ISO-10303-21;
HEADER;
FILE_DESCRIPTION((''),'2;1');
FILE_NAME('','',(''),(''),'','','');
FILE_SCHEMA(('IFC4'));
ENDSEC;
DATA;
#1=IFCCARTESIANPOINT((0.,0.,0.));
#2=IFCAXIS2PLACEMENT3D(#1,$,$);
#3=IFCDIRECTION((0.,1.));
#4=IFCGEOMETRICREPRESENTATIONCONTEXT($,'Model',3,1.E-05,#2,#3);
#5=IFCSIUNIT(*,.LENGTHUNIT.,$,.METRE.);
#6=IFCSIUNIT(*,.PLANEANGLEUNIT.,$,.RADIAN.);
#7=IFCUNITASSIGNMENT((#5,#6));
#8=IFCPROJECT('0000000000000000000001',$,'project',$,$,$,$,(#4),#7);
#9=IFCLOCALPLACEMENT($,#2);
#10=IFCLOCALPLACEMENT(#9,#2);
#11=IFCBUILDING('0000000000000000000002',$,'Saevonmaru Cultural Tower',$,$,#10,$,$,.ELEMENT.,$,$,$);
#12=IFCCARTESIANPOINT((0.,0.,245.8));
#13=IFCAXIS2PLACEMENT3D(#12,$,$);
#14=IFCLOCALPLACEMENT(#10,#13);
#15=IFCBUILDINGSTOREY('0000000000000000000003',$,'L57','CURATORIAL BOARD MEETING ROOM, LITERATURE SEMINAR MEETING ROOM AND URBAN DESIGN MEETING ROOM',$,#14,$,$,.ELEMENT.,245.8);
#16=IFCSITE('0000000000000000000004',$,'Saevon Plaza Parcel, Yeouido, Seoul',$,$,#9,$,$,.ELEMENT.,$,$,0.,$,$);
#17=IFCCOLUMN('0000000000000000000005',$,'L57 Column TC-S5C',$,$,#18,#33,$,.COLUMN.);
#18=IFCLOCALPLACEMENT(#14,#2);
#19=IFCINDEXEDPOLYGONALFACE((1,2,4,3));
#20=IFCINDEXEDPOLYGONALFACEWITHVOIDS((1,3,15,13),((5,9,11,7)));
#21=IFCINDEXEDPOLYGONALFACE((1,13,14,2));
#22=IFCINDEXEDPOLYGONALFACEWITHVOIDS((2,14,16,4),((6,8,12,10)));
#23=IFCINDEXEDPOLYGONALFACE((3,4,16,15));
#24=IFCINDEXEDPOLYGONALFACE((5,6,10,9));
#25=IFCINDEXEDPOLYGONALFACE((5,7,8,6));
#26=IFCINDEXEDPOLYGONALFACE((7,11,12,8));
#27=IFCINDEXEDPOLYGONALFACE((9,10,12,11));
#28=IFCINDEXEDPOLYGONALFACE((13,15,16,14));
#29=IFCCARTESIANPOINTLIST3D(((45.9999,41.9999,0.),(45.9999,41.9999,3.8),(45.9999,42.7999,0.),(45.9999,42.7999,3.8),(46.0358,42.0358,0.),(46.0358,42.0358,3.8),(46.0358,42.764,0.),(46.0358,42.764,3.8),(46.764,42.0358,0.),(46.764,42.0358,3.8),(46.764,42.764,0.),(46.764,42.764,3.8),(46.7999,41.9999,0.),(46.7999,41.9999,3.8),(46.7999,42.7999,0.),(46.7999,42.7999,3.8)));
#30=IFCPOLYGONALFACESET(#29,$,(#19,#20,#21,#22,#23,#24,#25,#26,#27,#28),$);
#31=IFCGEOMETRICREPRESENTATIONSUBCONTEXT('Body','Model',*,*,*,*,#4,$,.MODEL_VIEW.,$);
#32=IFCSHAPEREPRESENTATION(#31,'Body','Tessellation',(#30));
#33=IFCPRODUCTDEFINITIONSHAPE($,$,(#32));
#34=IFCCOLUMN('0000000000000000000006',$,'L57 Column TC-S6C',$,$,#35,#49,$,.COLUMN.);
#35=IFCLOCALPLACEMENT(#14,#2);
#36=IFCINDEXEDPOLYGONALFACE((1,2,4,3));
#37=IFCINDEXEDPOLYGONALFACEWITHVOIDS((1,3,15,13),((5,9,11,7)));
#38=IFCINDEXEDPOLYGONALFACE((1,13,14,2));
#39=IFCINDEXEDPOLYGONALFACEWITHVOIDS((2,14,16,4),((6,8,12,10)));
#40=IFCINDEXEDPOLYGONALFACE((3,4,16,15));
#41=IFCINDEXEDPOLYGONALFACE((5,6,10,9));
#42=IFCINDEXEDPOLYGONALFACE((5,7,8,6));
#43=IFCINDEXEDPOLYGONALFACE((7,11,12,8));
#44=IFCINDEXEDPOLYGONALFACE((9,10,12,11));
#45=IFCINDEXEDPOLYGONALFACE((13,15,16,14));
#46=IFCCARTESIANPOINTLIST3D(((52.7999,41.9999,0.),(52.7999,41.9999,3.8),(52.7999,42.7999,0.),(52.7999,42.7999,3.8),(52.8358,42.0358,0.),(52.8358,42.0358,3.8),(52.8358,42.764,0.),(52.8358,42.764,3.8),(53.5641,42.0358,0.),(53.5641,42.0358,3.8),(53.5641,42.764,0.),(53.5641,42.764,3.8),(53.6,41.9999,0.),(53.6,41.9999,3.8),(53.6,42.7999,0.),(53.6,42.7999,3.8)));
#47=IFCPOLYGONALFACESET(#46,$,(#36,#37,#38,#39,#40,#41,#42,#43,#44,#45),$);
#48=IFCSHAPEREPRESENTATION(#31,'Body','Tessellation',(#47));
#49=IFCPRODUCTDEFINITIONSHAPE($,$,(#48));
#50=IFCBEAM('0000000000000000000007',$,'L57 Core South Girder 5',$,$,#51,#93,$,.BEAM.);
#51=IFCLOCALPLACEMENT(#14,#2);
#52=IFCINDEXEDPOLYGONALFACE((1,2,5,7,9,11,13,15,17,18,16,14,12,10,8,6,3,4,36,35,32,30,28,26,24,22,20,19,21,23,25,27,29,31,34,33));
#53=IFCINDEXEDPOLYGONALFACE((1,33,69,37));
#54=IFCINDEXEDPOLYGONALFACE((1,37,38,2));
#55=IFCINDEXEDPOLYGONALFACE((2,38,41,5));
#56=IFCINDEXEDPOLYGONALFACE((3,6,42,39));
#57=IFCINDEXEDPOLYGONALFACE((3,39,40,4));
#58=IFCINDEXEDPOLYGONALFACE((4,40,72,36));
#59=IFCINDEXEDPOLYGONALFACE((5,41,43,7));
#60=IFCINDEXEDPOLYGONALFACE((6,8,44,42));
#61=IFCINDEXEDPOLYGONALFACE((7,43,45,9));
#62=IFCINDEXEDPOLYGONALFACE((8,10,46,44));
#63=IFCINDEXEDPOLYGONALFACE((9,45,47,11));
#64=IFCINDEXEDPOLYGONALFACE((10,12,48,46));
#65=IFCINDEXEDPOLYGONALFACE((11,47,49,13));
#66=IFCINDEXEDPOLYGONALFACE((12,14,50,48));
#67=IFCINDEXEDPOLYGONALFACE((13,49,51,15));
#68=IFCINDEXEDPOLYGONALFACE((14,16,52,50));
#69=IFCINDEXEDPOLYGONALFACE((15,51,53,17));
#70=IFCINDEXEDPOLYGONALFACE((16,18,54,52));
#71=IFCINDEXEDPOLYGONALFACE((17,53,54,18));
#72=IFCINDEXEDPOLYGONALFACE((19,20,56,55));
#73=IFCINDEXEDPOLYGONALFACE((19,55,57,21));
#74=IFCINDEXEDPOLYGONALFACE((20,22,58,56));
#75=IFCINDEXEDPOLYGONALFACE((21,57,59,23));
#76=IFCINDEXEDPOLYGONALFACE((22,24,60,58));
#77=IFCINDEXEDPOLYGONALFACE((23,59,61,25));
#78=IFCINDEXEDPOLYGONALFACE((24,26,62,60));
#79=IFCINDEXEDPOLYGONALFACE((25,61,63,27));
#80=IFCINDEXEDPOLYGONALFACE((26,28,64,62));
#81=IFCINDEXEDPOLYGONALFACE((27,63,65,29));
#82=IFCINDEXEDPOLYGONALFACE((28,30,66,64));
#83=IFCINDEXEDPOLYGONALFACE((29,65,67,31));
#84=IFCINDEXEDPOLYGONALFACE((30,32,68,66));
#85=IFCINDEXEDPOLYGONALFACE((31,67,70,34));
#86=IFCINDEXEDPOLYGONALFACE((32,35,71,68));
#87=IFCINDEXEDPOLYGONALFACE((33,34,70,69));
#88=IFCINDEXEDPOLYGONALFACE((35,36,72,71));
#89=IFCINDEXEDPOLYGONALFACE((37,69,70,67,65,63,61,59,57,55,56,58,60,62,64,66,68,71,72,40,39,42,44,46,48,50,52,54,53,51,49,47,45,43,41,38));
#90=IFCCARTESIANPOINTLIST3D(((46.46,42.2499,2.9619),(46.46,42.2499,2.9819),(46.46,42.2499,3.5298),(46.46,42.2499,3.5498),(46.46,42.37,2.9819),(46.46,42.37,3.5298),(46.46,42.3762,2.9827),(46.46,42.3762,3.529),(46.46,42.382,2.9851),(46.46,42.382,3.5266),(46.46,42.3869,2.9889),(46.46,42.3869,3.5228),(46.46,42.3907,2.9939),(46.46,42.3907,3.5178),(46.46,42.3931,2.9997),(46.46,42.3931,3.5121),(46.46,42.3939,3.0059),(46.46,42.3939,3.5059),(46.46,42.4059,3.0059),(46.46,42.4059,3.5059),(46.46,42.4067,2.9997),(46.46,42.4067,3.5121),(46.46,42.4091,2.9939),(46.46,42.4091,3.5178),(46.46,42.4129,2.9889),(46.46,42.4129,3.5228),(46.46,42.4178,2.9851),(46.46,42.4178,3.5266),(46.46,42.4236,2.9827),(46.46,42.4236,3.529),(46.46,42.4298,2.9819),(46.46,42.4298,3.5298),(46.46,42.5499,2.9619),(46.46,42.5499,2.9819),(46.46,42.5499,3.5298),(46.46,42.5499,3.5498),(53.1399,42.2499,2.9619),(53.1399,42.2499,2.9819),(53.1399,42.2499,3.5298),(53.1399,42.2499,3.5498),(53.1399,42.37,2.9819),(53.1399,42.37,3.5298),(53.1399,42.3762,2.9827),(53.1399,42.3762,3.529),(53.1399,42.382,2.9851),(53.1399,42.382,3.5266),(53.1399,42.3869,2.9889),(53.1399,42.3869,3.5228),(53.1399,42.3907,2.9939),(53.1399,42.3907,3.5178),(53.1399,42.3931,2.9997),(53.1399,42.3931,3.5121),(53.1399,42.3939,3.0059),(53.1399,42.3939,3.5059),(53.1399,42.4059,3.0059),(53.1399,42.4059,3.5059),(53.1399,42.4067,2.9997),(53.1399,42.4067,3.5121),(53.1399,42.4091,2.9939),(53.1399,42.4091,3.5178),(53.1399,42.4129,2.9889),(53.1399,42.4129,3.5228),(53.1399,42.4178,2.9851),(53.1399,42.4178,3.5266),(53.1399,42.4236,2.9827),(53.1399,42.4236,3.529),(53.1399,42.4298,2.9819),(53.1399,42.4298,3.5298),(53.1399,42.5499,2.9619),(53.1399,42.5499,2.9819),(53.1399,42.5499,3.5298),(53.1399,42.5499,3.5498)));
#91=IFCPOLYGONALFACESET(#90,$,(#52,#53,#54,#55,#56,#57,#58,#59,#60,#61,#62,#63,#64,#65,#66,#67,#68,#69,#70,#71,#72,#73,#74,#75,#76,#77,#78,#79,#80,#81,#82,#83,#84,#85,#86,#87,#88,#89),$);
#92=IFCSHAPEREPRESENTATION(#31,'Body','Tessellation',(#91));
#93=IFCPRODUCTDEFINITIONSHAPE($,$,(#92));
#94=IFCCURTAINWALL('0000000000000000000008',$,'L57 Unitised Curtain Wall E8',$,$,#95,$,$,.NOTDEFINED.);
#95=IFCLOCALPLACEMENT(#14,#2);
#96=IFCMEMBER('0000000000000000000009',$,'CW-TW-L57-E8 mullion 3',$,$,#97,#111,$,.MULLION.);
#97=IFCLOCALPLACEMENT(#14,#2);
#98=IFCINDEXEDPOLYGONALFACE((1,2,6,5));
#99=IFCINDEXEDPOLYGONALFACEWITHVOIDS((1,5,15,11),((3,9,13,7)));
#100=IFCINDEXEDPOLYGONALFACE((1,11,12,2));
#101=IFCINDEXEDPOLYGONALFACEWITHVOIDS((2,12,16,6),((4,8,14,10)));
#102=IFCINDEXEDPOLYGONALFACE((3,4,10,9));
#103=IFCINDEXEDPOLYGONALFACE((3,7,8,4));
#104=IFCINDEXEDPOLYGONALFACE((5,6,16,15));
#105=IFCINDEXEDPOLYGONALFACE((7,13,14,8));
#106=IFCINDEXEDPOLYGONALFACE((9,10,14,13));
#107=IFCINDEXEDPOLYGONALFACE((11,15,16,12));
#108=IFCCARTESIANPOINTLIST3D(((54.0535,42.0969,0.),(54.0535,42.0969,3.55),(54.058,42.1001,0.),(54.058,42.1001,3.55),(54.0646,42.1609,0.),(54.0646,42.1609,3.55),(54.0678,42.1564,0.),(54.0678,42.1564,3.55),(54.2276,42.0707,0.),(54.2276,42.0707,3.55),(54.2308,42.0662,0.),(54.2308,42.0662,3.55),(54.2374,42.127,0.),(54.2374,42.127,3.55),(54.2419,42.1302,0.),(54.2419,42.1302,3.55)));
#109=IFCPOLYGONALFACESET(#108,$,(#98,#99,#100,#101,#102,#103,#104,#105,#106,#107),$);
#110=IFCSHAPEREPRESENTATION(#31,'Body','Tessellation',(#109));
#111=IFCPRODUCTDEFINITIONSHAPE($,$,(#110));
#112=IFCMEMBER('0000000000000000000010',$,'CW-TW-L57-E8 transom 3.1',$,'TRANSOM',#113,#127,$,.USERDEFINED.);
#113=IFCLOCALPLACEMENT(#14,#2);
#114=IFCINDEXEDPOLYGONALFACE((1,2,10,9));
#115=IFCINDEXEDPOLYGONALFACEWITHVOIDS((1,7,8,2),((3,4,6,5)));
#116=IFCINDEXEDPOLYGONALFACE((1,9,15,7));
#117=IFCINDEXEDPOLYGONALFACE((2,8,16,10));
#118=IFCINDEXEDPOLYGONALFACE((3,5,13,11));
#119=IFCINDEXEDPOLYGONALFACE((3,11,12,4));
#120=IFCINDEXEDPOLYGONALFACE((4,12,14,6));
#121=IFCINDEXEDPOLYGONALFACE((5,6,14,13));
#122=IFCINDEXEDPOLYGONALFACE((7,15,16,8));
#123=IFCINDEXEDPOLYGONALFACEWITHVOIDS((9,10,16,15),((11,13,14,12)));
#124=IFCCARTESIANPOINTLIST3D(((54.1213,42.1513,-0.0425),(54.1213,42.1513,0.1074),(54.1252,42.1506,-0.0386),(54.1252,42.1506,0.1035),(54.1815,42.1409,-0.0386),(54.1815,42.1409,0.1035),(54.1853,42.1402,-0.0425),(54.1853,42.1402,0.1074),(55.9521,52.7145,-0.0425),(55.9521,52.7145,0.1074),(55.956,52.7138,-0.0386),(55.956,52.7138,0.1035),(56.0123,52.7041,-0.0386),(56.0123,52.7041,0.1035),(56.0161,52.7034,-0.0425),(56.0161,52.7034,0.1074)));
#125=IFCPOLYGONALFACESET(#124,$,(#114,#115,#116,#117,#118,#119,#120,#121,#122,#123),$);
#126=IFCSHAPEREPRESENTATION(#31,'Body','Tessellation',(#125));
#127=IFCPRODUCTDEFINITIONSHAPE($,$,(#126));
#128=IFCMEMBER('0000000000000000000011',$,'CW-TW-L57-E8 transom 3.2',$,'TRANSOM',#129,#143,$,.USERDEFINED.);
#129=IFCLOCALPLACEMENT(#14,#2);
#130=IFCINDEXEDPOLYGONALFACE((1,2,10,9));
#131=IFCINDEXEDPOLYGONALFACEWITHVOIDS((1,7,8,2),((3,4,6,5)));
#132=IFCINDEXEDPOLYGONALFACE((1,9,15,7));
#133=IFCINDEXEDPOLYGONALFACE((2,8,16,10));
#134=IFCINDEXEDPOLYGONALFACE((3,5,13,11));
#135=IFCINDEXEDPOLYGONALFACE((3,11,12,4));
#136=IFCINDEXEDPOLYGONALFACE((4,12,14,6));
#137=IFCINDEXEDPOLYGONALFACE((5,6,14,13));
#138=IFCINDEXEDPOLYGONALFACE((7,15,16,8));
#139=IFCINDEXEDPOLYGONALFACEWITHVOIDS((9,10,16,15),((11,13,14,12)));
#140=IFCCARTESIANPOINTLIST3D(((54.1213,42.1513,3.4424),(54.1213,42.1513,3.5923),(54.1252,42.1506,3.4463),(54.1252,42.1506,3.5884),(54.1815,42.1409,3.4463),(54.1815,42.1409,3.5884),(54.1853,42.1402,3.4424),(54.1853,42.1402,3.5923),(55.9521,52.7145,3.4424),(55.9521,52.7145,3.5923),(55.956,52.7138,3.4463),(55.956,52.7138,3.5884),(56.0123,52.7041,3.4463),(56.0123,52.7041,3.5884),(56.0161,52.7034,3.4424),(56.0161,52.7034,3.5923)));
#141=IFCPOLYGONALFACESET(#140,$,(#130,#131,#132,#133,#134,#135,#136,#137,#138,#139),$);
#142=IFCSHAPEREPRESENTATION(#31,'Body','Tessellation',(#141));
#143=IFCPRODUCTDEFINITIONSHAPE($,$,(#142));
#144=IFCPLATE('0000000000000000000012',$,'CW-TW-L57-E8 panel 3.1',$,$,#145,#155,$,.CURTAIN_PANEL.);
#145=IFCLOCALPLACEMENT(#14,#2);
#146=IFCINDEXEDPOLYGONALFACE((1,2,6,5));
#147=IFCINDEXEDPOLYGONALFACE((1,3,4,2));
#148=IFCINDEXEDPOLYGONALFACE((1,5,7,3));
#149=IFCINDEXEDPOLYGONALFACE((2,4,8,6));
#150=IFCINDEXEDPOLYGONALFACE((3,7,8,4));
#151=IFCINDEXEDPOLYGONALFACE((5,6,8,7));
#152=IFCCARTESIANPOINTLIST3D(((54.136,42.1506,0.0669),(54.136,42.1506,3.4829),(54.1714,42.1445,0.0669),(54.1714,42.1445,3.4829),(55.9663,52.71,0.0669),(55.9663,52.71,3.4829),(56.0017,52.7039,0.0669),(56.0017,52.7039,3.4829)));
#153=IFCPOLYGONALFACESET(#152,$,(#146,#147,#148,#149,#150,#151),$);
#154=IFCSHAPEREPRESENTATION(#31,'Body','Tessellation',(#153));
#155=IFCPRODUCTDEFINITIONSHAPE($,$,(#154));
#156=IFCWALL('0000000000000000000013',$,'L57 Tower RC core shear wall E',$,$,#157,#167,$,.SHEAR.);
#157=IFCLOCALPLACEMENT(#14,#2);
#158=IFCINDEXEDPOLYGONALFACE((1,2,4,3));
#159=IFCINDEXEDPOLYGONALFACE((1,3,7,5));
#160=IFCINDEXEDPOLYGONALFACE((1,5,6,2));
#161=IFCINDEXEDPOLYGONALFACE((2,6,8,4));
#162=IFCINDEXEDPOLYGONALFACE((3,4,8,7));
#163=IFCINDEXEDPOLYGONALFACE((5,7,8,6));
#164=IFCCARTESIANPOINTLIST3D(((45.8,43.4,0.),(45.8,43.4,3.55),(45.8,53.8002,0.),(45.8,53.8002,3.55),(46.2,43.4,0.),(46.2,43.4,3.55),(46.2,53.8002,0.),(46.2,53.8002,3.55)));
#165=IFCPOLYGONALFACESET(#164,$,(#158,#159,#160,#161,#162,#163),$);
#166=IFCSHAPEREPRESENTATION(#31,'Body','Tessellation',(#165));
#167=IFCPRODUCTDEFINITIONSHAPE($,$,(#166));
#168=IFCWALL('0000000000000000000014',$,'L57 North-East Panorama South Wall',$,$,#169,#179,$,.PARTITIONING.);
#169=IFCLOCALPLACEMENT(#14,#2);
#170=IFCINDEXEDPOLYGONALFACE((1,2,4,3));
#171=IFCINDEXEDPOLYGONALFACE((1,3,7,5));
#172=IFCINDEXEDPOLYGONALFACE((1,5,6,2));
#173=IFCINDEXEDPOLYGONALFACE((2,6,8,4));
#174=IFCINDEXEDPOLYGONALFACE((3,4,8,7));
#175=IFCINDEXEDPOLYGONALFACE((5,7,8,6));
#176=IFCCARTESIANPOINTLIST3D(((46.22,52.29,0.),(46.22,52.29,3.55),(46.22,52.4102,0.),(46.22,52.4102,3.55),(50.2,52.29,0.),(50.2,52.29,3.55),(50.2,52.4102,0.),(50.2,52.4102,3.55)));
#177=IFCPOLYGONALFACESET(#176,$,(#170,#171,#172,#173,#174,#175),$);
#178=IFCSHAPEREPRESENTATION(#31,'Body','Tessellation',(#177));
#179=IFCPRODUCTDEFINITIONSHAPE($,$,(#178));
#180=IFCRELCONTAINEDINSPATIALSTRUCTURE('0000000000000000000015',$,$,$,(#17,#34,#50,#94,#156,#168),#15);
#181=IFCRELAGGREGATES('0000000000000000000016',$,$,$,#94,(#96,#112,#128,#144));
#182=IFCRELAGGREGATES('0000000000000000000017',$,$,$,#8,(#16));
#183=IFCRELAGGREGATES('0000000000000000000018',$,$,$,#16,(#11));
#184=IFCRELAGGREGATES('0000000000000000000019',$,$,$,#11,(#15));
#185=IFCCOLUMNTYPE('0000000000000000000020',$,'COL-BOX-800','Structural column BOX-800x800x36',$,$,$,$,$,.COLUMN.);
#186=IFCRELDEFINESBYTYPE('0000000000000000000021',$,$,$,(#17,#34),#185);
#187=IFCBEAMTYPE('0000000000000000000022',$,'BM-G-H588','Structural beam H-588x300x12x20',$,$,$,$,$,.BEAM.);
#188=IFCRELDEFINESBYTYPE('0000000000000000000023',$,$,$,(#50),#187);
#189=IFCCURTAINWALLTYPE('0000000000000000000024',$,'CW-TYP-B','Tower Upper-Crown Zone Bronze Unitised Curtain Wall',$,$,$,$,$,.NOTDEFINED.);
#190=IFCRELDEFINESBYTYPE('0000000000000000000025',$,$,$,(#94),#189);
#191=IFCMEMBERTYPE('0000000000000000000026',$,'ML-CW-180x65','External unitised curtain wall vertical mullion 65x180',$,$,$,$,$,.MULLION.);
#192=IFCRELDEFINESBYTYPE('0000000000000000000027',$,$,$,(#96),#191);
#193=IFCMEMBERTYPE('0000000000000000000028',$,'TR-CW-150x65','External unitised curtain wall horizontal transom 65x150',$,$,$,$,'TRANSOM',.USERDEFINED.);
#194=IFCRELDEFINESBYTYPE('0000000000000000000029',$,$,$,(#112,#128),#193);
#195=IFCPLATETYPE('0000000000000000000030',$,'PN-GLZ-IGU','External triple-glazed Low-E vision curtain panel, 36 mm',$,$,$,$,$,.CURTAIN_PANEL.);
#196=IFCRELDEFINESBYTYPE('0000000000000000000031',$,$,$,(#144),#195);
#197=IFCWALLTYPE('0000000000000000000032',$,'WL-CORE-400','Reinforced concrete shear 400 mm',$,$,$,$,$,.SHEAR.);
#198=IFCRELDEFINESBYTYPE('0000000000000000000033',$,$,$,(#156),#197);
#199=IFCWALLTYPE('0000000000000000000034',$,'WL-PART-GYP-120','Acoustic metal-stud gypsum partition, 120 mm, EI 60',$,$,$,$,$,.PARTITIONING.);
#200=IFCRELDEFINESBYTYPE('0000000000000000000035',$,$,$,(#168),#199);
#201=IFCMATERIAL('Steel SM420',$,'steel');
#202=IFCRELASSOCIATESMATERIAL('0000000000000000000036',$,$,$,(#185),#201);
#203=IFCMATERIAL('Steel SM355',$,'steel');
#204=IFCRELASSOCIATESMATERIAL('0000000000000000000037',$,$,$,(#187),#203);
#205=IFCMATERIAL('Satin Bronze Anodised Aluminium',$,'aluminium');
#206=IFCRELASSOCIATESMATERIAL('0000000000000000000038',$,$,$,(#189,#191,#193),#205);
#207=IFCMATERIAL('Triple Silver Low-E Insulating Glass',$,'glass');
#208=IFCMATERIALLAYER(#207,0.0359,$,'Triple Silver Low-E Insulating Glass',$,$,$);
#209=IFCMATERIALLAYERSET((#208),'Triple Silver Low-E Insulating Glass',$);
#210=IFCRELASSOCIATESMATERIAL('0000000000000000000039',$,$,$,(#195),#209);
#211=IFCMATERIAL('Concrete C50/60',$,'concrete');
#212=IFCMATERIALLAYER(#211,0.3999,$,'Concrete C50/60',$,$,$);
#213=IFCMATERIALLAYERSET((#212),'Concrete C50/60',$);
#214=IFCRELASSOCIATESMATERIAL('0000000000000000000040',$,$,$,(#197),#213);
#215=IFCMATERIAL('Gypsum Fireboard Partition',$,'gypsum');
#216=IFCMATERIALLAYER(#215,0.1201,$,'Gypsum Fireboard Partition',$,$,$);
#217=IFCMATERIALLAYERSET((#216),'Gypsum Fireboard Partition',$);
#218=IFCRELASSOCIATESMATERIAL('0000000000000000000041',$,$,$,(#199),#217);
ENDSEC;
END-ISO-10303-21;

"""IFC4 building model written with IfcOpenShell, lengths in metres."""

from ifc_helpers import new_model, si_unit, direction, frame, frame_2d, origin, origin_2d, place, context, subcontext, project, spatial, rectangle, hollow_rectangle, i_section, extrude, material, layer, layer_set, material_profile, profile_set, type_object, element, aggregate, save


model = new_model("IFC4")

# Units and contexts
model_context = context("Model", 3, precision=1e-05, world=origin(), true_north=direction((0.0, 1.0)))
body_context = subcontext(model_context, "Body", "Model", "MODEL_VIEW")
ifc_project = project(units=[si_unit("LENGTHUNIT", "METRE"), si_unit("PLANEANGLEUNIT", "RADIAN")], contexts=[model_context])

# Site, building, storey
site_placement = place(None, origin())
site = spatial("IfcSite", under=ifc_project, at=site_placement, Name="Saevon Plaza Parcel, Yeouido, Seoul", CompositionType="ELEMENT", RefElevation=0.0)
building_placement = place(site_placement, origin())
building = spatial("IfcBuilding", under=site, at=building_placement, Name="Saevonmaru Cultural Tower", CompositionType="ELEMENT")
storey_placement = place(building_placement, frame((0.0, 0.0, 245.8)))
storey = spatial("IfcBuildingStorey", under=building, at=storey_placement, Name="L57", Description="CURATORIAL BOARD MEETING ROOM, LITERATURE SEMINAR MEETING ROOM AND URBAN DESIGN MEETING ROOM", CompositionType="ELEMENT", Elevation=245.8)

# Columns
ifc_material_1 = material(Name="Steel SM420", Category="steel")
ifc_material_profile_1 = material_profile(ifc_material_1, hollow_rectangle(XDim=0.8, YDim=0.8, WallThickness=0.0359, at=origin_2d()), Name="BOX-800x800x36")
ifc_profile_set_1 = profile_set([ifc_material_profile_1], Name="Steel SM420")
column_type = type_object("IfcColumnType", Name="COL-BOX-800", Description="Structural column BOX-800x800x36", PredefinedType="COLUMN", material=ifc_profile_set_1)
for number, where, z_axis, x_axis, name in (
    (1, (46.3999, 42.3999, 0.0), (0.0, 0.0, 1.0), (1.0, 0.0, 0.0), "L57 Column TC-S5C"),
    (2, (53.2, 42.3999, 0.0), (0.0, 0.0, 1.0), (1.0, 0.0, 0.0), "L57 Column TC-S6C"),
):
    element("IfcColumn", number, at=place(storey_placement, frame(where, z_axis=z_axis, x_axis=x_axis)), inside=storey, type_object=column_type, Name=name, PredefinedType="COLUMN", context=body_context, shape_type="SweptSolid", body=[
        extrude(hollow_rectangle(XDim=0.8, YDim=0.8, WallThickness=0.0359, at=origin_2d()), origin(), (0.0, 0.0, 1.0), 3.8),
    ])

# Beam
ifc_material_2 = material(Name="Steel SM355", Category="steel")
ifc_material_profile_2 = material_profile(ifc_material_2, i_section(OverallWidth=0.3, OverallDepth=0.5879, WebThickness=0.012, FlangeThickness=0.02, FilletRadius=0.0239, at=origin_2d()), Name="H-588x300x12x20")
ifc_profile_set_2 = profile_set([ifc_material_profile_2], Name="Steel SM355")
beam_type = type_object("IfcBeamType", Name="BM-G-H588", Description="Structural beam H-588x300x12x20", PredefinedType="BEAM", material=ifc_profile_set_2)
beam_placement = place(storey_placement, frame((46.46, 42.3999, 3.2559), z_axis=(1.0, 0.0, 0.0), x_axis=(0.0, 1.0, 0.0)))
element("IfcBeam", 3, at=beam_placement, inside=storey, type_object=beam_type, Name="L57 Core South Girder 5", PredefinedType="BEAM", context=body_context, shape_type="SweptSolid", body=[
    extrude(i_section(OverallWidth=0.3, OverallDepth=0.5879, WebThickness=0.012, FlangeThickness=0.02, FilletRadius=0.0239, at=origin_2d()), origin(), (0.0, 0.0, 1.0), 6.6799),
])

# Curtain wall, members, plate
ifc_material_3 = material(Name="Satin Bronze Anodised Aluminium", Category="aluminium")
curtain_wall_type = type_object("IfcCurtainWallType", Name="CW-TYP-B", Description="Tower Upper-Crown Zone Bronze Unitised Curtain Wall", PredefinedType="NOTDEFINED", material=ifc_material_3)
curtain_wall_placement = place(storey_placement, origin())
curtain_wall = element("IfcCurtainWall", 4, at=curtain_wall_placement, inside=storey, type_object=curtain_wall_type, Name="L57 Unitised Curtain Wall E8", PredefinedType="NOTDEFINED")
ifc_material_profile_3 = material_profile(ifc_material_3, hollow_rectangle(XDim=0.0649, YDim=0.1799, WallThickness=0.0039, at=origin_2d()), Name="ALU-MULL-180x65x4")
ifc_profile_set_3 = profile_set([ifc_material_profile_3], Name="Satin Bronze Anodised Aluminium")
member_type_1 = type_object("IfcMemberType", Name="ML-CW-180x65", Description="External unitised curtain wall vertical mullion 65x180", PredefinedType="MULLION", material=ifc_profile_set_3)
member_1_placement = place(storey_placement, frame((54.1477, 42.1135, 0.0), z_axis=(0.0, 0.0, 1.0), x_axis=(0.17079, 0.985307, 0.0)))
member_1 = element("IfcMember", 5, at=member_1_placement, type_object=member_type_1, Name="CW-TW-L57-E8 mullion 3", PredefinedType="MULLION", context=body_context, shape_type="SweptSolid", body=[
    extrude(hollow_rectangle(XDim=0.0649, YDim=0.1799, WallThickness=0.0039, at=origin_2d()), origin(), (0.0, 0.0, 1.0), 3.55),
])
ifc_material_profile_4 = material_profile(ifc_material_3, hollow_rectangle(XDim=0.0649, YDim=0.1499, WallThickness=0.0039, at=origin_2d()), Name="ALU-TRAN-150x65x4")
ifc_profile_set_4 = profile_set([ifc_material_profile_4], Name="Satin Bronze Anodised Aluminium")
member_type_2 = type_object("IfcMemberType", Name="TR-CW-150x65", Description="External unitised curtain wall horizontal transom 65x150", ElementType="TRANSOM", PredefinedType="USERDEFINED", material=ifc_profile_set_4)
member_2_placement = place(storey_placement, frame((54.1533, 42.1458, 0.0325), z_axis=(0.170773, 0.98531, 0.0), x_axis=(-0.98531, 0.170773, 0.0)))
member_2 = element("IfcMember", 6, at=member_2_placement, type_object=member_type_2, Name="CW-TW-L57-E8 transom 3.1", ObjectType="TRANSOM", PredefinedType="USERDEFINED", context=body_context, shape_type="SweptSolid", body=[
    extrude(hollow_rectangle(XDim=0.0649, YDim=0.1499, WallThickness=0.0039, at=origin_2d()), origin(), (0.0, 0.0, 1.0), 10.7207),
])
member_3_placement = place(storey_placement, frame((54.1533, 42.1458, 3.5173), z_axis=(0.170773, 0.98531, 0.0), x_axis=(-0.98531, 0.170773, 0.0)))
member_3 = element("IfcMember", 7, at=member_3_placement, type_object=member_type_2, Name="CW-TW-L57-E8 transom 3.2", ObjectType="TRANSOM", PredefinedType="USERDEFINED", context=body_context, shape_type="SweptSolid", body=[
    extrude(hollow_rectangle(XDim=0.0649, YDim=0.1499, WallThickness=0.0039, at=origin_2d()), origin(), (0.0, 0.0, 1.0), 10.7207),
])
ifc_material_4 = material(Name="Triple Silver Low-E Insulating Glass", Category="glass")
ifc_layer_1 = layer(ifc_material_4, 0.0359, Name="Triple Silver Low-E Insulating Glass")
ifc_layer_set_1 = layer_set([ifc_layer_1], Name="Triple Silver Low-E Insulating Glass")
plate_type = type_object("IfcPlateType", Name="PN-GLZ-IGU", Description="External triple-glazed Low-E vision curtain panel, 36 mm", PredefinedType="CURTAIN_PANEL", material=ifc_layer_set_1)
plate_placement = place(storey_placement, frame((55.0688, 47.4272, 0.0669), z_axis=(0.0, 0.0, 1.0), x_axis=(0.17079, 0.985307, 0.0)))
plate = element("IfcPlate", 8, at=plate_placement, type_object=plate_type, Name="CW-TW-L57-E8 panel 3.1", PredefinedType="CURTAIN_PANEL", context=body_context, shape_type="SweptSolid", body=[
    extrude(rectangle(XDim=10.7168, YDim=0.0359, at=origin_2d()), origin(), (0.0, 0.0, 1.0), 3.416),
])
aggregate(curtain_wall, [member_1, member_2, member_3, plate])

# Walls
ifc_material_5 = material(Name="Concrete C50/60", Category="concrete")
ifc_layer_2 = layer(ifc_material_5, 0.3999, Name="Concrete C50/60")
ifc_layer_set_2 = layer_set([ifc_layer_2], Name="Concrete C50/60")
wall_type_1 = type_object("IfcWallType", Name="WL-CORE-400", Description="Reinforced concrete shear 400 mm", PredefinedType="SHEAR", material=ifc_layer_set_2)
wall_1_placement = place(storey_placement, frame((46.0, 43.3999, 0.0), z_axis=(0.0, 0.0, 1.0), x_axis=(0.0, 1.0, 0.0)))
element("IfcWall", 9, at=wall_1_placement, inside=storey, type_object=wall_type_1, Name="L57 Tower RC core shear wall E", PredefinedType="SHEAR", context=body_context, shape_type="SweptSolid", body=[
    extrude(rectangle(XDim=10.4001, YDim=0.3999, at=frame_2d((5.2002, 0.0))), origin(), (0.0, 0.0, 1.0), 3.55),
])
ifc_material_6 = material(Name="Gypsum Fireboard Partition", Category="gypsum")
ifc_layer_3 = layer(ifc_material_6, 0.1201, Name="Gypsum Fireboard Partition")
ifc_layer_set_3 = layer_set([ifc_layer_3], Name="Gypsum Fireboard Partition")
wall_type_2 = type_object("IfcWallType", Name="WL-PART-GYP-120", Description="Acoustic metal-stud gypsum partition, 120 mm, EI 60", PredefinedType="PARTITIONING", material=ifc_layer_set_3)
wall_2_placement = place(storey_placement, frame((46.22, 52.3501, 0.0), z_axis=(0.0, 0.0, 1.0), x_axis=(1.0, 0.0, 0.0)))
element("IfcWall", 10, at=wall_2_placement, inside=storey, type_object=wall_type_2, Name="L57 North-East Panorama South Wall", PredefinedType="PARTITIONING", context=body_context, shape_type="SweptSolid", body=[
    extrude(rectangle(XDim=3.98, YDim=0.1201, at=frame_2d((1.99, 0.0))), origin(), (0.0, 0.0, 1.0), 3.55),
])

save(model, "model.ifc")
